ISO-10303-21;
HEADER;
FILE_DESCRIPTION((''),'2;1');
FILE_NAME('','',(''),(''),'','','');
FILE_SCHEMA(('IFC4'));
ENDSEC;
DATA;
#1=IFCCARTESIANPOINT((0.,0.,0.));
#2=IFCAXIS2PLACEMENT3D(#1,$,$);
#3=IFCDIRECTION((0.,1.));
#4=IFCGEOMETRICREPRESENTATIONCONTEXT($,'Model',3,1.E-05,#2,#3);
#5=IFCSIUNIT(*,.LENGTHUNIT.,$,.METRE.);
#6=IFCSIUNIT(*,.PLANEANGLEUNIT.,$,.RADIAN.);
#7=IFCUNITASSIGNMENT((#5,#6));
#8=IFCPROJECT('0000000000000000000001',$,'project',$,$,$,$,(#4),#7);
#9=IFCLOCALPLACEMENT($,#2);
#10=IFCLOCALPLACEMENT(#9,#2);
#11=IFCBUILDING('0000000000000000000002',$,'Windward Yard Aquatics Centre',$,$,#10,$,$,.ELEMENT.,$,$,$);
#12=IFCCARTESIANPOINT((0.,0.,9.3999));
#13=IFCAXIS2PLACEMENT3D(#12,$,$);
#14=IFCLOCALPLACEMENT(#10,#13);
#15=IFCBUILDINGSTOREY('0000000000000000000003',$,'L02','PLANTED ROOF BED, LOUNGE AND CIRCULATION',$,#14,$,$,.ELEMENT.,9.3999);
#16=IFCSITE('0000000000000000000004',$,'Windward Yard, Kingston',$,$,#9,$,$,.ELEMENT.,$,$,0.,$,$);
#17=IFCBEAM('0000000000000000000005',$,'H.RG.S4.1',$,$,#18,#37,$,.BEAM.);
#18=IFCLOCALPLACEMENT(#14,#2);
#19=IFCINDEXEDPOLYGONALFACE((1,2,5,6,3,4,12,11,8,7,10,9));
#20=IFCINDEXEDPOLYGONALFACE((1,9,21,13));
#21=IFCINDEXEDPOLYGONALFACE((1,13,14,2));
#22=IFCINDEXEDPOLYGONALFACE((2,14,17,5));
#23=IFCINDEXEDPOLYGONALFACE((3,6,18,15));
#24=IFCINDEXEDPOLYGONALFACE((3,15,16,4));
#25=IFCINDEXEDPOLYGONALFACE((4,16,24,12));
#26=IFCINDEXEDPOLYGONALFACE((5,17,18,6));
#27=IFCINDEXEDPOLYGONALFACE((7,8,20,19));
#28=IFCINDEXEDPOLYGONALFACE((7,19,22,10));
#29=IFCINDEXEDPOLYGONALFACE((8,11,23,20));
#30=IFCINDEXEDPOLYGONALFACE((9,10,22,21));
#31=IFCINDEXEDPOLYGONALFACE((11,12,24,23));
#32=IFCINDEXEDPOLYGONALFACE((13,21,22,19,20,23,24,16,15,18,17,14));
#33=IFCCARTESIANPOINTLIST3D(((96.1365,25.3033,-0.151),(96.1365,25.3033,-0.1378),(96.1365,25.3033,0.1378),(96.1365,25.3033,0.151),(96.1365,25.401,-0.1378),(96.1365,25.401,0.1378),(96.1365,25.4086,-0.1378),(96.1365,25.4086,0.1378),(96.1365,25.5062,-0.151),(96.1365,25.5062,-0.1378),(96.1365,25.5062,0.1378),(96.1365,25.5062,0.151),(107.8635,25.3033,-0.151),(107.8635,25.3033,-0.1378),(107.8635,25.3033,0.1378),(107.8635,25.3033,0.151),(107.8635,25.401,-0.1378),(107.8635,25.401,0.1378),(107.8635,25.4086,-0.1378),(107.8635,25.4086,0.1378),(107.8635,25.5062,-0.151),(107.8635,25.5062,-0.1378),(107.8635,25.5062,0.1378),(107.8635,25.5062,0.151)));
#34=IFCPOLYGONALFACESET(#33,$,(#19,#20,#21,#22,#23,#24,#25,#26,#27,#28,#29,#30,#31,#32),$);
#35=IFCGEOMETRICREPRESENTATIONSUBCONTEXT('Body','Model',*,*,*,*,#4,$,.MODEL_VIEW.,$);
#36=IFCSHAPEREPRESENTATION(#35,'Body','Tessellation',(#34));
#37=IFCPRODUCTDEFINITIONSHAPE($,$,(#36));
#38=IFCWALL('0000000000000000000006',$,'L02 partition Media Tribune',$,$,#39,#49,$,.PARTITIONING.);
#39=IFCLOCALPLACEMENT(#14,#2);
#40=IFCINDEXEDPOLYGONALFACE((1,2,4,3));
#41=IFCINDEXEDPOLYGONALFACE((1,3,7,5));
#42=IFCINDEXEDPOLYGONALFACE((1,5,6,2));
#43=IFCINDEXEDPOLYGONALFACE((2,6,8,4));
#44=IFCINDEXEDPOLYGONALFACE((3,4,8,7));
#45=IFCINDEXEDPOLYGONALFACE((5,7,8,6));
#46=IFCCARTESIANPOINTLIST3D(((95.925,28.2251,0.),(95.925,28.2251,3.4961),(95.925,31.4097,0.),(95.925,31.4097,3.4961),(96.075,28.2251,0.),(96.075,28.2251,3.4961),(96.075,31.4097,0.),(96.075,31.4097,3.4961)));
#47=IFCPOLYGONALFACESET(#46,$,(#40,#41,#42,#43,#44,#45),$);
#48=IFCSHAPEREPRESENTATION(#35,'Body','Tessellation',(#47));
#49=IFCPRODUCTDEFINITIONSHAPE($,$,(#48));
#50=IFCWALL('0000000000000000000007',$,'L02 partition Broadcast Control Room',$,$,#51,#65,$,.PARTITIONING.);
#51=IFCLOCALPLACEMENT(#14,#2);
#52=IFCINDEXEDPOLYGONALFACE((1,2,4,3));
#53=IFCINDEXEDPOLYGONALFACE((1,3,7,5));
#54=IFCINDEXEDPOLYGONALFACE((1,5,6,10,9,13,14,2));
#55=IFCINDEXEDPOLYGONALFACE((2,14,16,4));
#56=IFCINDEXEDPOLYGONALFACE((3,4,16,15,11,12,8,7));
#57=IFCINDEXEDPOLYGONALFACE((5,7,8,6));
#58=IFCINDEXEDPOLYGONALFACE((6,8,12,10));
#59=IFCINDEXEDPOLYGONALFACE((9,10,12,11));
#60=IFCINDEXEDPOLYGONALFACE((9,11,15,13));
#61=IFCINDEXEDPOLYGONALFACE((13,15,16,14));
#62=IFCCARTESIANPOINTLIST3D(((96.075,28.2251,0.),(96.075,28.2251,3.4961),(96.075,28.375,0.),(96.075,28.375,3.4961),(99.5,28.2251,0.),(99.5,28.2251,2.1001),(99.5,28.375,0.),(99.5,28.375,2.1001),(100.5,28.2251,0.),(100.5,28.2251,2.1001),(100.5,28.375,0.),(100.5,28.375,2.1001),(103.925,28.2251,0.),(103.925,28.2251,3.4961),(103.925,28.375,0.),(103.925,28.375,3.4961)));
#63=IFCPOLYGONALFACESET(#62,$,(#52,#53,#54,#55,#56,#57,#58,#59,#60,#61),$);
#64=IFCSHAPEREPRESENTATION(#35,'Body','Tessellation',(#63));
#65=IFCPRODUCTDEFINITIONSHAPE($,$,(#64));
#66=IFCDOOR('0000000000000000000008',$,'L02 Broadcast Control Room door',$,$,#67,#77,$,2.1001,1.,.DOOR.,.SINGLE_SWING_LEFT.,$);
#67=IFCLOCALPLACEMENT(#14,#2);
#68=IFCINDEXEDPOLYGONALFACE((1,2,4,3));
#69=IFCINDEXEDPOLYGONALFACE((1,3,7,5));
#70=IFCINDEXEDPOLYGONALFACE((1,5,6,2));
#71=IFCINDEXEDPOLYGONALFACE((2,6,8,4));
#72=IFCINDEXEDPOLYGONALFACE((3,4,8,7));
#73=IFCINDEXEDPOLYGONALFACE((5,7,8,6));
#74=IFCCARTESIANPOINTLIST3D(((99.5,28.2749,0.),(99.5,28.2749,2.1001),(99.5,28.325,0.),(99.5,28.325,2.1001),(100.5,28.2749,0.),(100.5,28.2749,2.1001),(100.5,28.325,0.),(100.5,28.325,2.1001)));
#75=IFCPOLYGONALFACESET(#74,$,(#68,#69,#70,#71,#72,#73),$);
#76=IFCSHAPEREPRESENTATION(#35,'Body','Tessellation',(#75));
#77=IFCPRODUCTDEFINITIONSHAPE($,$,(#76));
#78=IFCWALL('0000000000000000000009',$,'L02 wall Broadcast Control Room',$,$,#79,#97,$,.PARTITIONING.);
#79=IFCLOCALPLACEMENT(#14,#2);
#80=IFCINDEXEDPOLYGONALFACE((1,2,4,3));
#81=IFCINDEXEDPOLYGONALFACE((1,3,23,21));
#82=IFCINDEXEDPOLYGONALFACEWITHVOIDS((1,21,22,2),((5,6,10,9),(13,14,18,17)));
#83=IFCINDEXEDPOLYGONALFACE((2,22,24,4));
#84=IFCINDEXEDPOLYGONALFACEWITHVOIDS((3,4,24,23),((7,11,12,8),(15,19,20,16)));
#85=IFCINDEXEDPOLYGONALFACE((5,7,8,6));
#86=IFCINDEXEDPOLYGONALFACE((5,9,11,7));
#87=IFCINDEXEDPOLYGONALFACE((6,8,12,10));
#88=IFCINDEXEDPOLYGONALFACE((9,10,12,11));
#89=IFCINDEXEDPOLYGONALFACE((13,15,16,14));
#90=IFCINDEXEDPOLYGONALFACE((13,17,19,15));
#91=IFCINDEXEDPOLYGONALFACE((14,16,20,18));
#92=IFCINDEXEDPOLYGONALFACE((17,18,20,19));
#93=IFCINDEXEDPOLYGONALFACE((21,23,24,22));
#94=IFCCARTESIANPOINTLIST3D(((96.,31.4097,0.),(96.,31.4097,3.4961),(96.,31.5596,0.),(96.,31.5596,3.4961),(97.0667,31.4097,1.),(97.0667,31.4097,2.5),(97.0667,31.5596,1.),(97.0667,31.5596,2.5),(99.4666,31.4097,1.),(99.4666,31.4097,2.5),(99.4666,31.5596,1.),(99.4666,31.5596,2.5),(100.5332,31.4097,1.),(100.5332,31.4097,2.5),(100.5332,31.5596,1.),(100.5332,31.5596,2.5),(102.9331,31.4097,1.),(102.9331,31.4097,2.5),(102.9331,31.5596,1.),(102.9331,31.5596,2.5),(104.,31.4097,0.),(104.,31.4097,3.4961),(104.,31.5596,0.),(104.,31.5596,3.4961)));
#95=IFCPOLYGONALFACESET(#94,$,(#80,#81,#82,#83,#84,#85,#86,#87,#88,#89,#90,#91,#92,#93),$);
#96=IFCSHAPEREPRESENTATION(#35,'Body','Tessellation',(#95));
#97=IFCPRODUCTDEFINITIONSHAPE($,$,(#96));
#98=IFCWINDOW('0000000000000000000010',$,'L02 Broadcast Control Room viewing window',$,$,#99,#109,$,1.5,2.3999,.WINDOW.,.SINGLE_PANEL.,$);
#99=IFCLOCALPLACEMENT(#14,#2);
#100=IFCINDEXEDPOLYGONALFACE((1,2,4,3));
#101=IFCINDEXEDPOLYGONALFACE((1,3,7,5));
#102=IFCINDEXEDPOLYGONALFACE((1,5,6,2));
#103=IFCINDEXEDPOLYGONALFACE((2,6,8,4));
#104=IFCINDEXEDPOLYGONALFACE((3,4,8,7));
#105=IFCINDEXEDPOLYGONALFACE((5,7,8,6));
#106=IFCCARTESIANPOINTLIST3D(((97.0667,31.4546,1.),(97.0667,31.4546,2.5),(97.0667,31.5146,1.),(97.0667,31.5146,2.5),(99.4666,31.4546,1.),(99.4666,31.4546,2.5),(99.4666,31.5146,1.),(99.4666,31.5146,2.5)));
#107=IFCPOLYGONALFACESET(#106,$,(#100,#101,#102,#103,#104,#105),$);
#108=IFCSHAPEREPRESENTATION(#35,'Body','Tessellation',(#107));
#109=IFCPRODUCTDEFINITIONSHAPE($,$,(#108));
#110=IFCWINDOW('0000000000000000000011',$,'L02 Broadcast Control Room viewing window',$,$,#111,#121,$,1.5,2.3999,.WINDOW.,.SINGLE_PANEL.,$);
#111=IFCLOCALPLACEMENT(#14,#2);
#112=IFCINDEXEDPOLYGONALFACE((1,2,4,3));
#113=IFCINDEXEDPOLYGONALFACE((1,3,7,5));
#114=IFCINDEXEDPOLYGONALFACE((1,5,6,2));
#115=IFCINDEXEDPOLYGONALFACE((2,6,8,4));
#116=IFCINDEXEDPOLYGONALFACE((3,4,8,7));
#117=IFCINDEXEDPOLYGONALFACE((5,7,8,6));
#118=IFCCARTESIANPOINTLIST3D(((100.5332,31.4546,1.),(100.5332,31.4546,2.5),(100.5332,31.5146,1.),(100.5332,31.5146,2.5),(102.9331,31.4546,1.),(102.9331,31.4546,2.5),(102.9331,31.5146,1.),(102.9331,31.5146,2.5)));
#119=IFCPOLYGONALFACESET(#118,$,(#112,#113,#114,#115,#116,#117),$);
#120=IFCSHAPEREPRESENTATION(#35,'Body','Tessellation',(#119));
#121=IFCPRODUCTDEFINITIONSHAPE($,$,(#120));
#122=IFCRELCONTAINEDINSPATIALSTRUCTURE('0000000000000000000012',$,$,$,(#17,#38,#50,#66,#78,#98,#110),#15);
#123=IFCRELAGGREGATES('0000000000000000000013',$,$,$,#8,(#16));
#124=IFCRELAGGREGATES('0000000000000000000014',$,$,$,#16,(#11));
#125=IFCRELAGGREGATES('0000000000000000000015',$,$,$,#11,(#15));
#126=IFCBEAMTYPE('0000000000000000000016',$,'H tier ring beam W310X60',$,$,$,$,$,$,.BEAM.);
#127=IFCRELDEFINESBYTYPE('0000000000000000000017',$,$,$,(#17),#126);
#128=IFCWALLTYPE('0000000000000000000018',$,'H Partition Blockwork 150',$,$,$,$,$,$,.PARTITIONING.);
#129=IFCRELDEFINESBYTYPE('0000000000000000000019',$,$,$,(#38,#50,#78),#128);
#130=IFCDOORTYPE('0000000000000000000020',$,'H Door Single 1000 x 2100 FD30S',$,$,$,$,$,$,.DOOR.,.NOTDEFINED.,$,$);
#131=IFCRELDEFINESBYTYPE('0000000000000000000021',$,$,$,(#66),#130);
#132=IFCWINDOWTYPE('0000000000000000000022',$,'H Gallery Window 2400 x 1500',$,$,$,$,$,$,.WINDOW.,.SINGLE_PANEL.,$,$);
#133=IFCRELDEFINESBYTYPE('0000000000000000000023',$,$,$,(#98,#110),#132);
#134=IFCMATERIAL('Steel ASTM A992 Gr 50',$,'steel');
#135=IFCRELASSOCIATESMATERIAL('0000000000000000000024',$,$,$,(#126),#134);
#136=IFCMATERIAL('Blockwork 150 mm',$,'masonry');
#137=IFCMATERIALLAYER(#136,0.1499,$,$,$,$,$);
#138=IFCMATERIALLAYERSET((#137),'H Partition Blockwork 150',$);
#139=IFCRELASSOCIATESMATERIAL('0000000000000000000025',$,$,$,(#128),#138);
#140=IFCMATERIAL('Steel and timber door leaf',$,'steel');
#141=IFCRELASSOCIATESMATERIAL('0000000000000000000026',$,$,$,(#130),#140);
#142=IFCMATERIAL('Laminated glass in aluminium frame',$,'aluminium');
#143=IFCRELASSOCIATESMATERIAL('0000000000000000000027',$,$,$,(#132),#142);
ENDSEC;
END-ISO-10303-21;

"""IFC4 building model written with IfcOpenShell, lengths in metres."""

from ifc_helpers import new_model, si_unit, direction, frame, frame_2d, origin, origin_2d, place, context, subcontext, project, spatial, rectangle, i_section, extrude, material, layer, layer_set, material_profile, profile_set, type_object, element, fill, save


model = new_model("IFC4")

# Units and contexts
model_context = context("Model", 3, precision=1e-05, world=origin(), true_north=direction((0.0, 1.0)))
body_context = subcontext(model_context, "Body", "Model", "MODEL_VIEW")
ifc_project = project(units=[si_unit("LENGTHUNIT", "METRE"), si_unit("PLANEANGLEUNIT", "RADIAN")], contexts=[model_context])

# Site, building, storey
site_placement = place(None, origin())
site = spatial("IfcSite", under=ifc_project, at=site_placement, Name="Windward Yard, Kingston", CompositionType="ELEMENT", RefElevation=0.0)
building_placement = place(site_placement, origin())
building = spatial("IfcBuilding", under=site, at=building_placement, Name="Windward Yard Aquatics Centre", CompositionType="ELEMENT")
storey_placement = place(building_placement, frame((0.0, 0.0, 9.3999)))
storey = spatial("IfcBuildingStorey", under=building, at=storey_placement, Name="L02", Description="PLANTED ROOF BED, LOUNGE AND CIRCULATION", CompositionType="ELEMENT", Elevation=9.3999)

# Beam
ifc_material_1 = material(Name="Steel ASTM A992 Gr 50", Category="steel")
ifc_material_profile_1 = material_profile(ifc_material_1, i_section(OverallWidth=0.2029, OverallDepth=0.302, WebThickness=0.0076, FlangeThickness=0.0132, at=origin_2d()), Name="W310X60")
ifc_profile_set_1 = profile_set([ifc_material_profile_1], Name="Steel ASTM A992 Gr 50")
beam_type_1 = type_object("IfcBeamType", Name="H tier ring beam W310X60", PredefinedType="BEAM", material=ifc_profile_set_1)
beam_1_placement = place(storey_placement, frame((96.1365, 25.4048, 0.0), z_axis=(1.0, 0.0, 0.0), x_axis=(0.0, 1.0, 0.0)))
element("IfcBeam", 1, at=beam_1_placement, inside=storey, type_object=beam_type_1, Name="H.RG.S4.1", PredefinedType="BEAM", context=body_context, shape_type="SweptSolid", body=[
    extrude(i_section(OverallWidth=0.2029, OverallDepth=0.302, WebThickness=0.0076, FlangeThickness=0.0132, at=origin_2d()), origin(), (0.0, 0.0, 1.0), 11.7271),
])

# Wall
ifc_material_2 = material(Name="Blockwork 150 mm", Category="masonry")
ifc_layer_1 = layer(ifc_material_2, 0.1499)
ifc_layer_set_1 = layer_set([ifc_layer_1], Name="H Partition Blockwork 150")
wall_type = type_object("IfcWallType", Name="H Partition Blockwork 150", PredefinedType="PARTITIONING", material=ifc_layer_set_1)
wall_1_placement = place(storey_placement, frame((96.0, 31.4097, 0.0), z_axis=(0.0, 0.0, 1.0), x_axis=(0.0, -1.0, 0.0)))
element("IfcWall", 2, at=wall_1_placement, inside=storey, type_object=wall_type, Name="L02 partition Media Tribune", PredefinedType="PARTITIONING", context=body_context, shape_type="SweptSolid", body=[
    extrude(rectangle(XDim=3.1846, YDim=0.1499, at=frame_2d((1.5923, 0.0))), origin(), (0.0, 0.0, 1.0), 3.4961),
])

# Wall, opening, door
wall_2_placement = place(storey_placement, frame((96.075, 28.3, 0.0), z_axis=(0.0, 0.0, 1.0), x_axis=(1.0, 0.0, 0.0)))
wall_2 = element("IfcWall", 3, at=wall_2_placement, inside=storey, type_object=wall_type, Name="L02 partition Broadcast Control Room", PredefinedType="PARTITIONING", context=body_context, shape_type="SweptSolid", body=[
    extrude(rectangle(XDim=7.8501, YDim=0.1499, at=frame_2d((3.925, 0.0))), origin(), (0.0, 0.0, 1.0), 3.4961),
])
opening_1_placement = place(wall_2_placement, frame((3.425, 0.0, 0.0)))
opening_1 = element("IfcOpeningElement", 4, at=opening_1_placement, cuts=wall_2, PredefinedType="OPENING", context=body_context, shape_type="SweptSolid", body=[
    extrude(rectangle(XDim=1.0, YDim=2.1001, at=frame_2d((0.5, 1.05))), frame((0.0, 0.085, 0.0), z_axis=(0.0, -1.0, 0.0), x_axis=(1.0, 0.0, 0.0)), (0.0, 0.0, 1.0), 0.1699),
])
ifc_material_3 = material(Name="Steel and timber door leaf", Category="steel")
door_type = type_object("IfcDoorType", Name="H Door Single 1000 x 2100 FD30S", OperationType="NOTDEFINED", PredefinedType="DOOR", material=ifc_material_3)
door_placement = place(opening_1_placement, origin())
door = element("IfcDoor", 5, at=door_placement, inside=storey, type_object=door_type, Name="L02 Broadcast Control Room door", OperationType="SINGLE_SWING_LEFT", OverallHeight=2.1001, OverallWidth=1.0, PredefinedType="DOOR", context=body_context, shape_type="SweptSolid", body=[
    extrude(rectangle(XDim=1.0, YDim=2.1001, at=frame_2d((0.5, 1.05))), frame((0.0, 0.0249, 0.0), z_axis=(0.0, -1.0, 0.0), x_axis=(1.0, 0.0, 0.0)), (0.0, 0.0, 1.0), 0.05),
])
fill(opening_1, door)

# Wall, openings, windows
wall_3_placement = place(storey_placement, frame((96.0, 31.4846, 0.0), z_axis=(0.0, 0.0, 1.0), x_axis=(1.0, 0.0, 0.0)))
wall_3 = element("IfcWall", 6, at=wall_3_placement, inside=storey, type_object=wall_type, Name="L02 wall Broadcast Control Room", PredefinedType="PARTITIONING", context=body_context, shape_type="SweptSolid", body=[
    extrude(rectangle(XDim=8.0, YDim=0.1499, at=frame_2d((4.0, 0.0))), origin(), (0.0, 0.0, 1.0), 3.4961),
])
opening_2_placement = place(wall_3_placement, frame((1.0667, 0.0, 1.0)))
opening_2 = element("IfcOpeningElement", 7, at=opening_2_placement, cuts=wall_3, PredefinedType="OPENING", context=body_context, shape_type="SweptSolid", body=[
    extrude(rectangle(XDim=2.3999, YDim=1.5, at=frame_2d((1.2, 0.75))), frame((0.0, 0.085, 0.0), z_axis=(0.0, -1.0, 0.0), x_axis=(1.0, 0.0, 0.0)), (0.0, 0.0, 1.0), 0.1699),
])
opening_3_placement = place(wall_3_placement, frame((4.5332, 0.0, 1.0)))
opening_3 = element("IfcOpeningElement", 8, at=opening_3_placement, cuts=wall_3, PredefinedType="OPENING", context=body_context, shape_type="SweptSolid", body=[
    extrude(rectangle(XDim=2.3999, YDim=1.5, at=frame_2d((1.2, 0.75))), frame((0.0, 0.085, 0.0), z_axis=(0.0, -1.0, 0.0), x_axis=(1.0, 0.0, 0.0)), (0.0, 0.0, 1.0), 0.1699),
])
ifc_material_4 = material(Name="Laminated glass in aluminium frame", Category="aluminium")
window_type = type_object("IfcWindowType", Name="H Gallery Window 2400 x 1500", PartitioningType="SINGLE_PANEL", PredefinedType="WINDOW", material=ifc_material_4)
window_1_placement = place(opening_2_placement, origin())
window_1 = element("IfcWindow", 9, at=window_1_placement, inside=storey, type_object=window_type, Name="L02 Broadcast Control Room viewing window", OverallHeight=1.5, OverallWidth=2.3999, PartitioningType="SINGLE_PANEL", PredefinedType="WINDOW", context=body_context, shape_type="SweptSolid", body=[
    extrude(rectangle(XDim=2.3999, YDim=1.5, at=frame_2d((1.2, 0.75))), frame((0.0, 0.03, 0.0), z_axis=(0.0, -1.0, 0.0), x_axis=(1.0, 0.0, 0.0)), (0.0, 0.0, 1.0), 0.0601),
])
fill(opening_2, window_1)
window_2_placement = place(opening_3_placement, origin())
window_2 = element("IfcWindow", 10, at=window_2_placement, inside=storey, type_object=window_type, Name="L02 Broadcast Control Room viewing window", OverallHeight=1.5, OverallWidth=2.3999, PartitioningType="SINGLE_PANEL", PredefinedType="WINDOW", context=body_context, shape_type="SweptSolid", body=[
    extrude(rectangle(XDim=2.3999, YDim=1.5, at=frame_2d((1.2, 0.75))), frame((0.0, 0.03, 0.0), z_axis=(0.0, -1.0, 0.0), x_axis=(1.0, 0.0, 0.0)), (0.0, 0.0, 1.0), 0.0601),
])
fill(opening_3, window_2)

save(model, "model.ifc")
